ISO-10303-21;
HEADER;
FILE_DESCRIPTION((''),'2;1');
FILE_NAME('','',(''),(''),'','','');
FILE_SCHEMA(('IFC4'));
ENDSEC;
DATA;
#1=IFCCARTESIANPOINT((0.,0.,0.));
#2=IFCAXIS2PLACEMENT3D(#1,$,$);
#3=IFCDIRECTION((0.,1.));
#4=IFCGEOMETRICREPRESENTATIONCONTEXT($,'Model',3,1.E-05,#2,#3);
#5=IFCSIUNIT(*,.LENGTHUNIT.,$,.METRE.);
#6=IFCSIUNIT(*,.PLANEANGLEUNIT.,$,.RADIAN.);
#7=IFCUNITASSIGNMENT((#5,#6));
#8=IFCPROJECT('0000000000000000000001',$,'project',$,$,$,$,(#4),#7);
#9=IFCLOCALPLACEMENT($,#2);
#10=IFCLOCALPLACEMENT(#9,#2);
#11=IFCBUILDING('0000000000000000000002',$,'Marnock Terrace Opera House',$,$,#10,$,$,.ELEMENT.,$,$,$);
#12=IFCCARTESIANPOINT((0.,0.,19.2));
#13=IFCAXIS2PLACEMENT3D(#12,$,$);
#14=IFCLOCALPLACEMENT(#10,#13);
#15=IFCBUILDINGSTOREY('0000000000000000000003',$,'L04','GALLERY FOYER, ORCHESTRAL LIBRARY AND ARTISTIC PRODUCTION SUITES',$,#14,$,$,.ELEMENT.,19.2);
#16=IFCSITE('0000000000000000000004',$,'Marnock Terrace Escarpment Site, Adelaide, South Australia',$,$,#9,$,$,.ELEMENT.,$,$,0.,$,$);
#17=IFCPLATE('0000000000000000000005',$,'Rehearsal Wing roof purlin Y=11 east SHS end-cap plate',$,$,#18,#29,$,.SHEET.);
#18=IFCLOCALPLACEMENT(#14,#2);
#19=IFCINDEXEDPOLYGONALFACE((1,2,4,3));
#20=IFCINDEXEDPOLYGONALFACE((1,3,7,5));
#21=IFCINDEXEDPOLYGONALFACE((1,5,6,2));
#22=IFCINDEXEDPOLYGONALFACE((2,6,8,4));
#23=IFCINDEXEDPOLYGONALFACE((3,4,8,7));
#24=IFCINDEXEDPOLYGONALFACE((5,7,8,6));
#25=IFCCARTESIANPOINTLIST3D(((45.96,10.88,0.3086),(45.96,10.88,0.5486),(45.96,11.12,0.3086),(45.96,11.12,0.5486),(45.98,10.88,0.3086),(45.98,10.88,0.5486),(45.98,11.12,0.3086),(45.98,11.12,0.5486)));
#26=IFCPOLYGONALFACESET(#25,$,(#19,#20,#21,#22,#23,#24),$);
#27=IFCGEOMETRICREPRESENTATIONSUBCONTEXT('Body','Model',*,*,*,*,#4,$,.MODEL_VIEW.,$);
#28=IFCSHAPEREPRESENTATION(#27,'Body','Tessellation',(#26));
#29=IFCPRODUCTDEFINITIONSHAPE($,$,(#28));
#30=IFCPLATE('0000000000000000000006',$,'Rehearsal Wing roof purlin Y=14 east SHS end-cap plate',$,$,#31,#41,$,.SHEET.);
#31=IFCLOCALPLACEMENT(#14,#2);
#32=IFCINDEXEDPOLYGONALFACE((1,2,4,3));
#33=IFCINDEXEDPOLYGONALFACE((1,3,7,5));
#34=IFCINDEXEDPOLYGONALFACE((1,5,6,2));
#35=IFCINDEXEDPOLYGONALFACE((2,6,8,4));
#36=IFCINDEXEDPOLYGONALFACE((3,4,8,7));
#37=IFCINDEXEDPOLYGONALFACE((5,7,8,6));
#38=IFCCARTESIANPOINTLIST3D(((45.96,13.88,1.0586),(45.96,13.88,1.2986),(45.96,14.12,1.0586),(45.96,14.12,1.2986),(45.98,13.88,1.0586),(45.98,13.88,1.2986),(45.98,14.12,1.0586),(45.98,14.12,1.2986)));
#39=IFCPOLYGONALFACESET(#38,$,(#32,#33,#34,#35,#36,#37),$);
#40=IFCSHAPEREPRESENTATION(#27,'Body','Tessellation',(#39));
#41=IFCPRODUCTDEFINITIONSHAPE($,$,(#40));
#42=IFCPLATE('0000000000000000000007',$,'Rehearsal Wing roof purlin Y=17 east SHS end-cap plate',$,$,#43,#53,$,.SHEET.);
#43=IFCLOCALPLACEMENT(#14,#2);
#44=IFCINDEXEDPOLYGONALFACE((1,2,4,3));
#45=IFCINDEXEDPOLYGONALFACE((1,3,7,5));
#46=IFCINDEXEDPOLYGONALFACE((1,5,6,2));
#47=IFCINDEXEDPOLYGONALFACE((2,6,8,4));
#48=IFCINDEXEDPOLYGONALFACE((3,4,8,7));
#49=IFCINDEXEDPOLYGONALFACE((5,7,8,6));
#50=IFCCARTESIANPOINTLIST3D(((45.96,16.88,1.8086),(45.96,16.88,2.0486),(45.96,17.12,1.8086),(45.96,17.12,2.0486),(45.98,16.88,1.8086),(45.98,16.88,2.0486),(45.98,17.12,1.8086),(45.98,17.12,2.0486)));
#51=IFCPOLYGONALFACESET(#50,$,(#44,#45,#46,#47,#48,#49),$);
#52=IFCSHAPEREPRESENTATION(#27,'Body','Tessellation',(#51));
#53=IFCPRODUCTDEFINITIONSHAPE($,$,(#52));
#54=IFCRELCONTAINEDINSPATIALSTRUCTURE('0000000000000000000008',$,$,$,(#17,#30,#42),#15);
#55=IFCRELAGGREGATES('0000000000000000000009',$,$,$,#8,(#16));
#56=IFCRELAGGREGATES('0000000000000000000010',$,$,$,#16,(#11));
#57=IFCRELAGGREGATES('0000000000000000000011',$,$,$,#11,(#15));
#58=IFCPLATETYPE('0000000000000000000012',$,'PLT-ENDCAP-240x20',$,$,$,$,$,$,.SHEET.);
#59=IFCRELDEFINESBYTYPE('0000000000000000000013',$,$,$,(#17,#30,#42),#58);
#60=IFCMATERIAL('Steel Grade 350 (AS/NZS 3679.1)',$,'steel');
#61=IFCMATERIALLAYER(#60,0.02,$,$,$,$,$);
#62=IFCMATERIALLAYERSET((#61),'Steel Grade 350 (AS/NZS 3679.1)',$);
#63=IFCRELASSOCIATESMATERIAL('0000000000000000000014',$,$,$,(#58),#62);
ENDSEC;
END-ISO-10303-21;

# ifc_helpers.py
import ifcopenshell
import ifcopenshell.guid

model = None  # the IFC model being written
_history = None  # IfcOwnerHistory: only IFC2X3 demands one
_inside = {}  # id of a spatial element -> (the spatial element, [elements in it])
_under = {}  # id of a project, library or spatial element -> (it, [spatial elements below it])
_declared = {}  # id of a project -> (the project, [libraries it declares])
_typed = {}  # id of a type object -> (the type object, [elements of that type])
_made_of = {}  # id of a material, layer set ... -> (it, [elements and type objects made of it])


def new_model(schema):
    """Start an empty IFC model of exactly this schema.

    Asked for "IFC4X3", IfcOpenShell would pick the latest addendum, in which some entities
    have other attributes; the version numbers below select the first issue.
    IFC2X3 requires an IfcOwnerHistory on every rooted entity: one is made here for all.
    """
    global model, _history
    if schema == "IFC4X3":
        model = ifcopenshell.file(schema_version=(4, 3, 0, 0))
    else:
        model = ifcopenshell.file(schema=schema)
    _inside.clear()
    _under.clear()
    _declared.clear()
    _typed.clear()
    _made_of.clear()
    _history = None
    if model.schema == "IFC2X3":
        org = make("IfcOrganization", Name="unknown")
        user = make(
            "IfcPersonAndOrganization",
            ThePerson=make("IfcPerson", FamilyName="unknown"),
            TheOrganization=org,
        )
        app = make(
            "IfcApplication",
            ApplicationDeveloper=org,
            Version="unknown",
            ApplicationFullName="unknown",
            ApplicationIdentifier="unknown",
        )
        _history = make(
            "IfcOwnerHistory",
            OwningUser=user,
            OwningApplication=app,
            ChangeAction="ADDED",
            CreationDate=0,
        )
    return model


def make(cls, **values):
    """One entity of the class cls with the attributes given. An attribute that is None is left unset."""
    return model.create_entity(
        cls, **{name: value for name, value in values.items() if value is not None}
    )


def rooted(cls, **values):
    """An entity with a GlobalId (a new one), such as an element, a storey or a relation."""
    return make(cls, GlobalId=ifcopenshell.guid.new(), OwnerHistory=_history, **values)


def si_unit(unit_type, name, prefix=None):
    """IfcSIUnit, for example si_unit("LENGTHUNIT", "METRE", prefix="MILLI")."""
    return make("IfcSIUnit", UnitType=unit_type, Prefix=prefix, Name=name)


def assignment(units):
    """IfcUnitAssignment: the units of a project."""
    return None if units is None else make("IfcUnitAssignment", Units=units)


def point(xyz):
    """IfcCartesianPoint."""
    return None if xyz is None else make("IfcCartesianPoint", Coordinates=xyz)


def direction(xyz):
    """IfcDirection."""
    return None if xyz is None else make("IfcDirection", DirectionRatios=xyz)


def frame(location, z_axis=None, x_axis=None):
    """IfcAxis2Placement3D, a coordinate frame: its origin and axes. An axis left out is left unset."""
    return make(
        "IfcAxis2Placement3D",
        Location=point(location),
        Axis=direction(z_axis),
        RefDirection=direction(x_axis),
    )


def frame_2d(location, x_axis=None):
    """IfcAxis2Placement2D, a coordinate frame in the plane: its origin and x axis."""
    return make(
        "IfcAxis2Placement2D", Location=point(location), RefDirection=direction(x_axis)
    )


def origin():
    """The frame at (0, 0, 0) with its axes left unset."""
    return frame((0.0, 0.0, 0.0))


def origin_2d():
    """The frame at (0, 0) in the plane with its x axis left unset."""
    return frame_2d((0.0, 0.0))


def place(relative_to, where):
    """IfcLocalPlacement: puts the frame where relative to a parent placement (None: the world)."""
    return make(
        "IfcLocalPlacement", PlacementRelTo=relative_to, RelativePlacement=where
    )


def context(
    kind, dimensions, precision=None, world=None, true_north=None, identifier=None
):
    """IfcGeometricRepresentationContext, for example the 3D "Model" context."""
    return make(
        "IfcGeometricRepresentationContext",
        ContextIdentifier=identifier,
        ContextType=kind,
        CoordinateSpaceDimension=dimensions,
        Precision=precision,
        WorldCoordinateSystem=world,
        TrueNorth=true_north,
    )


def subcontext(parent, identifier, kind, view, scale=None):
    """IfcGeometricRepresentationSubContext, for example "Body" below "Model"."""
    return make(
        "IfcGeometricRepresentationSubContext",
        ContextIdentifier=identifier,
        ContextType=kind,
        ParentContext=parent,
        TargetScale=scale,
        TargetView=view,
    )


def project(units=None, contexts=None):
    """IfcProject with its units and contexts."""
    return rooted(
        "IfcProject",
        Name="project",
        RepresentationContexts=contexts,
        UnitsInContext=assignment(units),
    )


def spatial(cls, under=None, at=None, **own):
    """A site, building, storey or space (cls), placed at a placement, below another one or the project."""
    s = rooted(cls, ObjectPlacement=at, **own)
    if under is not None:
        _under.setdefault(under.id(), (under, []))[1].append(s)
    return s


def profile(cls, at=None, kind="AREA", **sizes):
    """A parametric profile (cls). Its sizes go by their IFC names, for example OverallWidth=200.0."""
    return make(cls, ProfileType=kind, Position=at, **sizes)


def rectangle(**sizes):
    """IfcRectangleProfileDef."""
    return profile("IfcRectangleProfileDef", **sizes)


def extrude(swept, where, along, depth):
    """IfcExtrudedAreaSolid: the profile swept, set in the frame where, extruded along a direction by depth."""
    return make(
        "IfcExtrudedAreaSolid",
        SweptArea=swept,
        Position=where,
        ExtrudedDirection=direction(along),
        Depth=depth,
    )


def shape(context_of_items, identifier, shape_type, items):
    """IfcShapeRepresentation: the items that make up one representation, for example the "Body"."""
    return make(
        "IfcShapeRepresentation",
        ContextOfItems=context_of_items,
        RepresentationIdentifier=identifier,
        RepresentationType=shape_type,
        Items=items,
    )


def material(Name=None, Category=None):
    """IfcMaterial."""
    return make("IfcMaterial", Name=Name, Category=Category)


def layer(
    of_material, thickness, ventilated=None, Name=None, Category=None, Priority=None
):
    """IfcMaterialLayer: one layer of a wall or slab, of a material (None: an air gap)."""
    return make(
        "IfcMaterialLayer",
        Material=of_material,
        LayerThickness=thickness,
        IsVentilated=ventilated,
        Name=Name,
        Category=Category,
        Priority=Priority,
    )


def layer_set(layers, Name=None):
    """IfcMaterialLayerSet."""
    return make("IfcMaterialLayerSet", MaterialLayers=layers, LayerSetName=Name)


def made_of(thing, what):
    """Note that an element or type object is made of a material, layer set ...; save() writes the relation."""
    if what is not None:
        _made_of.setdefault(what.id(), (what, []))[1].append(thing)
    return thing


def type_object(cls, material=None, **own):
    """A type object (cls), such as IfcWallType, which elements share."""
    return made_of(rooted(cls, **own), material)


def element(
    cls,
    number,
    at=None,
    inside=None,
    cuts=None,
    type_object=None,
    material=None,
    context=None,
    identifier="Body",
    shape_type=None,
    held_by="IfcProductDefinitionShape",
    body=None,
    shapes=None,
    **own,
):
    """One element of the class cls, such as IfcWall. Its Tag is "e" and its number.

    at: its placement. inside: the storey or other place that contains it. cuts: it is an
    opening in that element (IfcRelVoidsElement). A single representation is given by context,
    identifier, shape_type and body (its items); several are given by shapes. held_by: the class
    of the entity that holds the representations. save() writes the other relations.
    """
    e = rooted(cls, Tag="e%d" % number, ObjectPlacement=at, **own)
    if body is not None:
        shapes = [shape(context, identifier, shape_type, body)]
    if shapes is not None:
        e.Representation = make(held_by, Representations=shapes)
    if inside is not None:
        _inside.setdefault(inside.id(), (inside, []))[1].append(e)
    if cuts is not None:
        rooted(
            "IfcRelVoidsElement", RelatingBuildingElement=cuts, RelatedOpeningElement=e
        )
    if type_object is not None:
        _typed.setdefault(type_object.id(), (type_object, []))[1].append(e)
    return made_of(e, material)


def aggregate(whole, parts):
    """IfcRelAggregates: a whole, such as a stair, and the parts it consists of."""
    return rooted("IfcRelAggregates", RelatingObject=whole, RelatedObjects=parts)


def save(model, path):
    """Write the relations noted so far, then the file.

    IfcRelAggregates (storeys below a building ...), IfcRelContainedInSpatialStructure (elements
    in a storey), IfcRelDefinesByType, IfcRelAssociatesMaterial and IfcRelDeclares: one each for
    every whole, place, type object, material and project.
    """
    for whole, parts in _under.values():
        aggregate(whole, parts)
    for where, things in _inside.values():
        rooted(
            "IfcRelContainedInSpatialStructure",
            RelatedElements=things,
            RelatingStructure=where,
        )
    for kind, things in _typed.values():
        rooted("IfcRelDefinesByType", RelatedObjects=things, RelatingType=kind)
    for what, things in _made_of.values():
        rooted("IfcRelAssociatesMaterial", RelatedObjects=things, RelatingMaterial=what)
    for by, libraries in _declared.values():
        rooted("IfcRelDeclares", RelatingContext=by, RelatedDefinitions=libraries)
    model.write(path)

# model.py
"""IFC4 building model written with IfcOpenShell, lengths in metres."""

from ifc_helpers import new_model, si_unit, direction, frame, origin, origin_2d, place, context, subcontext, project, spatial, rectangle, extrude, material, layer, layer_set, type_object, element, save


model = new_model("IFC4")

# Units and contexts
model_context = context("Model", 3, precision=1e-05, world=origin(), true_north=direction((0.0, 1.0)))
body_context = subcontext(model_context, "Body", "Model", "MODEL_VIEW")
ifc_project = project(units=[si_unit("LENGTHUNIT", "METRE"), si_unit("PLANEANGLEUNIT", "RADIAN")], contexts=[model_context])

# Site, building, storey
site_placement = place(None, origin())
site = spatial("IfcSite", under=ifc_project, at=site_placement, Name="Marnock Terrace Escarpment Site, Adelaide, South Australia", CompositionType="ELEMENT", RefElevation=0.0)
building_placement = place(site_placement, origin())
building = spatial("IfcBuilding", under=site, at=building_placement, Name="Marnock Terrace Opera House", CompositionType="ELEMENT")
storey_placement = place(building_placement, frame((0.0, 0.0, 19.2)))
storey = spatial("IfcBuildingStorey", under=building, at=storey_placement, Name="L04", Description="GALLERY FOYER, ORCHESTRAL LIBRARY AND ARTISTIC PRODUCTION SUITES", CompositionType="ELEMENT", Elevation=19.2)

# Shared definitions
ifc_material_1 = material(Name="Steel Grade 350 (AS/NZS 3679.1)", Category="steel")

# Plates
ifc_layer = layer(ifc_material_1, 0.02)
ifc_layer_set = layer_set([ifc_layer], Name="Steel Grade 350 (AS/NZS 3679.1)")
plate_type = type_object("IfcPlateType", Name="PLT-ENDCAP-240x20", PredefinedType="SHEET", material=ifc_layer_set)
for number, where, z_axis, x_axis, name in (
    (1, (45.97, 11.0, 0.3086), (0.0, 0.0, 1.0), (1.0, 0.0, 0.0), "Rehearsal Wing roof purlin Y=11 east SHS end-cap plate"),
    (2, (45.97, 14.0, 1.0586), (0.0, 0.0, 1.0), (1.0, 0.0, 0.0), "Rehearsal Wing roof purlin Y=14 east SHS end-cap plate"),
    (3, (45.97, 17.0, 1.8086), (0.0, 0.0, 1.0), (1.0, 0.0, 0.0), "Rehearsal Wing roof purlin Y=17 east SHS end-cap plate"),
):
    element("IfcPlate", number, at=place(storey_placement, frame(where, z_axis=z_axis, x_axis=x_axis)), inside=storey, type_object=plate_type, Name=name, PredefinedType="SHEET", context=body_context, shape_type="SweptSolid", body=[
        extrude(rectangle(XDim=0.02, YDim=0.24, at=origin_2d()), origin(), (0.0, 0.0, 1.0), 0.24),
    ])

save(model, "model.ifc")
